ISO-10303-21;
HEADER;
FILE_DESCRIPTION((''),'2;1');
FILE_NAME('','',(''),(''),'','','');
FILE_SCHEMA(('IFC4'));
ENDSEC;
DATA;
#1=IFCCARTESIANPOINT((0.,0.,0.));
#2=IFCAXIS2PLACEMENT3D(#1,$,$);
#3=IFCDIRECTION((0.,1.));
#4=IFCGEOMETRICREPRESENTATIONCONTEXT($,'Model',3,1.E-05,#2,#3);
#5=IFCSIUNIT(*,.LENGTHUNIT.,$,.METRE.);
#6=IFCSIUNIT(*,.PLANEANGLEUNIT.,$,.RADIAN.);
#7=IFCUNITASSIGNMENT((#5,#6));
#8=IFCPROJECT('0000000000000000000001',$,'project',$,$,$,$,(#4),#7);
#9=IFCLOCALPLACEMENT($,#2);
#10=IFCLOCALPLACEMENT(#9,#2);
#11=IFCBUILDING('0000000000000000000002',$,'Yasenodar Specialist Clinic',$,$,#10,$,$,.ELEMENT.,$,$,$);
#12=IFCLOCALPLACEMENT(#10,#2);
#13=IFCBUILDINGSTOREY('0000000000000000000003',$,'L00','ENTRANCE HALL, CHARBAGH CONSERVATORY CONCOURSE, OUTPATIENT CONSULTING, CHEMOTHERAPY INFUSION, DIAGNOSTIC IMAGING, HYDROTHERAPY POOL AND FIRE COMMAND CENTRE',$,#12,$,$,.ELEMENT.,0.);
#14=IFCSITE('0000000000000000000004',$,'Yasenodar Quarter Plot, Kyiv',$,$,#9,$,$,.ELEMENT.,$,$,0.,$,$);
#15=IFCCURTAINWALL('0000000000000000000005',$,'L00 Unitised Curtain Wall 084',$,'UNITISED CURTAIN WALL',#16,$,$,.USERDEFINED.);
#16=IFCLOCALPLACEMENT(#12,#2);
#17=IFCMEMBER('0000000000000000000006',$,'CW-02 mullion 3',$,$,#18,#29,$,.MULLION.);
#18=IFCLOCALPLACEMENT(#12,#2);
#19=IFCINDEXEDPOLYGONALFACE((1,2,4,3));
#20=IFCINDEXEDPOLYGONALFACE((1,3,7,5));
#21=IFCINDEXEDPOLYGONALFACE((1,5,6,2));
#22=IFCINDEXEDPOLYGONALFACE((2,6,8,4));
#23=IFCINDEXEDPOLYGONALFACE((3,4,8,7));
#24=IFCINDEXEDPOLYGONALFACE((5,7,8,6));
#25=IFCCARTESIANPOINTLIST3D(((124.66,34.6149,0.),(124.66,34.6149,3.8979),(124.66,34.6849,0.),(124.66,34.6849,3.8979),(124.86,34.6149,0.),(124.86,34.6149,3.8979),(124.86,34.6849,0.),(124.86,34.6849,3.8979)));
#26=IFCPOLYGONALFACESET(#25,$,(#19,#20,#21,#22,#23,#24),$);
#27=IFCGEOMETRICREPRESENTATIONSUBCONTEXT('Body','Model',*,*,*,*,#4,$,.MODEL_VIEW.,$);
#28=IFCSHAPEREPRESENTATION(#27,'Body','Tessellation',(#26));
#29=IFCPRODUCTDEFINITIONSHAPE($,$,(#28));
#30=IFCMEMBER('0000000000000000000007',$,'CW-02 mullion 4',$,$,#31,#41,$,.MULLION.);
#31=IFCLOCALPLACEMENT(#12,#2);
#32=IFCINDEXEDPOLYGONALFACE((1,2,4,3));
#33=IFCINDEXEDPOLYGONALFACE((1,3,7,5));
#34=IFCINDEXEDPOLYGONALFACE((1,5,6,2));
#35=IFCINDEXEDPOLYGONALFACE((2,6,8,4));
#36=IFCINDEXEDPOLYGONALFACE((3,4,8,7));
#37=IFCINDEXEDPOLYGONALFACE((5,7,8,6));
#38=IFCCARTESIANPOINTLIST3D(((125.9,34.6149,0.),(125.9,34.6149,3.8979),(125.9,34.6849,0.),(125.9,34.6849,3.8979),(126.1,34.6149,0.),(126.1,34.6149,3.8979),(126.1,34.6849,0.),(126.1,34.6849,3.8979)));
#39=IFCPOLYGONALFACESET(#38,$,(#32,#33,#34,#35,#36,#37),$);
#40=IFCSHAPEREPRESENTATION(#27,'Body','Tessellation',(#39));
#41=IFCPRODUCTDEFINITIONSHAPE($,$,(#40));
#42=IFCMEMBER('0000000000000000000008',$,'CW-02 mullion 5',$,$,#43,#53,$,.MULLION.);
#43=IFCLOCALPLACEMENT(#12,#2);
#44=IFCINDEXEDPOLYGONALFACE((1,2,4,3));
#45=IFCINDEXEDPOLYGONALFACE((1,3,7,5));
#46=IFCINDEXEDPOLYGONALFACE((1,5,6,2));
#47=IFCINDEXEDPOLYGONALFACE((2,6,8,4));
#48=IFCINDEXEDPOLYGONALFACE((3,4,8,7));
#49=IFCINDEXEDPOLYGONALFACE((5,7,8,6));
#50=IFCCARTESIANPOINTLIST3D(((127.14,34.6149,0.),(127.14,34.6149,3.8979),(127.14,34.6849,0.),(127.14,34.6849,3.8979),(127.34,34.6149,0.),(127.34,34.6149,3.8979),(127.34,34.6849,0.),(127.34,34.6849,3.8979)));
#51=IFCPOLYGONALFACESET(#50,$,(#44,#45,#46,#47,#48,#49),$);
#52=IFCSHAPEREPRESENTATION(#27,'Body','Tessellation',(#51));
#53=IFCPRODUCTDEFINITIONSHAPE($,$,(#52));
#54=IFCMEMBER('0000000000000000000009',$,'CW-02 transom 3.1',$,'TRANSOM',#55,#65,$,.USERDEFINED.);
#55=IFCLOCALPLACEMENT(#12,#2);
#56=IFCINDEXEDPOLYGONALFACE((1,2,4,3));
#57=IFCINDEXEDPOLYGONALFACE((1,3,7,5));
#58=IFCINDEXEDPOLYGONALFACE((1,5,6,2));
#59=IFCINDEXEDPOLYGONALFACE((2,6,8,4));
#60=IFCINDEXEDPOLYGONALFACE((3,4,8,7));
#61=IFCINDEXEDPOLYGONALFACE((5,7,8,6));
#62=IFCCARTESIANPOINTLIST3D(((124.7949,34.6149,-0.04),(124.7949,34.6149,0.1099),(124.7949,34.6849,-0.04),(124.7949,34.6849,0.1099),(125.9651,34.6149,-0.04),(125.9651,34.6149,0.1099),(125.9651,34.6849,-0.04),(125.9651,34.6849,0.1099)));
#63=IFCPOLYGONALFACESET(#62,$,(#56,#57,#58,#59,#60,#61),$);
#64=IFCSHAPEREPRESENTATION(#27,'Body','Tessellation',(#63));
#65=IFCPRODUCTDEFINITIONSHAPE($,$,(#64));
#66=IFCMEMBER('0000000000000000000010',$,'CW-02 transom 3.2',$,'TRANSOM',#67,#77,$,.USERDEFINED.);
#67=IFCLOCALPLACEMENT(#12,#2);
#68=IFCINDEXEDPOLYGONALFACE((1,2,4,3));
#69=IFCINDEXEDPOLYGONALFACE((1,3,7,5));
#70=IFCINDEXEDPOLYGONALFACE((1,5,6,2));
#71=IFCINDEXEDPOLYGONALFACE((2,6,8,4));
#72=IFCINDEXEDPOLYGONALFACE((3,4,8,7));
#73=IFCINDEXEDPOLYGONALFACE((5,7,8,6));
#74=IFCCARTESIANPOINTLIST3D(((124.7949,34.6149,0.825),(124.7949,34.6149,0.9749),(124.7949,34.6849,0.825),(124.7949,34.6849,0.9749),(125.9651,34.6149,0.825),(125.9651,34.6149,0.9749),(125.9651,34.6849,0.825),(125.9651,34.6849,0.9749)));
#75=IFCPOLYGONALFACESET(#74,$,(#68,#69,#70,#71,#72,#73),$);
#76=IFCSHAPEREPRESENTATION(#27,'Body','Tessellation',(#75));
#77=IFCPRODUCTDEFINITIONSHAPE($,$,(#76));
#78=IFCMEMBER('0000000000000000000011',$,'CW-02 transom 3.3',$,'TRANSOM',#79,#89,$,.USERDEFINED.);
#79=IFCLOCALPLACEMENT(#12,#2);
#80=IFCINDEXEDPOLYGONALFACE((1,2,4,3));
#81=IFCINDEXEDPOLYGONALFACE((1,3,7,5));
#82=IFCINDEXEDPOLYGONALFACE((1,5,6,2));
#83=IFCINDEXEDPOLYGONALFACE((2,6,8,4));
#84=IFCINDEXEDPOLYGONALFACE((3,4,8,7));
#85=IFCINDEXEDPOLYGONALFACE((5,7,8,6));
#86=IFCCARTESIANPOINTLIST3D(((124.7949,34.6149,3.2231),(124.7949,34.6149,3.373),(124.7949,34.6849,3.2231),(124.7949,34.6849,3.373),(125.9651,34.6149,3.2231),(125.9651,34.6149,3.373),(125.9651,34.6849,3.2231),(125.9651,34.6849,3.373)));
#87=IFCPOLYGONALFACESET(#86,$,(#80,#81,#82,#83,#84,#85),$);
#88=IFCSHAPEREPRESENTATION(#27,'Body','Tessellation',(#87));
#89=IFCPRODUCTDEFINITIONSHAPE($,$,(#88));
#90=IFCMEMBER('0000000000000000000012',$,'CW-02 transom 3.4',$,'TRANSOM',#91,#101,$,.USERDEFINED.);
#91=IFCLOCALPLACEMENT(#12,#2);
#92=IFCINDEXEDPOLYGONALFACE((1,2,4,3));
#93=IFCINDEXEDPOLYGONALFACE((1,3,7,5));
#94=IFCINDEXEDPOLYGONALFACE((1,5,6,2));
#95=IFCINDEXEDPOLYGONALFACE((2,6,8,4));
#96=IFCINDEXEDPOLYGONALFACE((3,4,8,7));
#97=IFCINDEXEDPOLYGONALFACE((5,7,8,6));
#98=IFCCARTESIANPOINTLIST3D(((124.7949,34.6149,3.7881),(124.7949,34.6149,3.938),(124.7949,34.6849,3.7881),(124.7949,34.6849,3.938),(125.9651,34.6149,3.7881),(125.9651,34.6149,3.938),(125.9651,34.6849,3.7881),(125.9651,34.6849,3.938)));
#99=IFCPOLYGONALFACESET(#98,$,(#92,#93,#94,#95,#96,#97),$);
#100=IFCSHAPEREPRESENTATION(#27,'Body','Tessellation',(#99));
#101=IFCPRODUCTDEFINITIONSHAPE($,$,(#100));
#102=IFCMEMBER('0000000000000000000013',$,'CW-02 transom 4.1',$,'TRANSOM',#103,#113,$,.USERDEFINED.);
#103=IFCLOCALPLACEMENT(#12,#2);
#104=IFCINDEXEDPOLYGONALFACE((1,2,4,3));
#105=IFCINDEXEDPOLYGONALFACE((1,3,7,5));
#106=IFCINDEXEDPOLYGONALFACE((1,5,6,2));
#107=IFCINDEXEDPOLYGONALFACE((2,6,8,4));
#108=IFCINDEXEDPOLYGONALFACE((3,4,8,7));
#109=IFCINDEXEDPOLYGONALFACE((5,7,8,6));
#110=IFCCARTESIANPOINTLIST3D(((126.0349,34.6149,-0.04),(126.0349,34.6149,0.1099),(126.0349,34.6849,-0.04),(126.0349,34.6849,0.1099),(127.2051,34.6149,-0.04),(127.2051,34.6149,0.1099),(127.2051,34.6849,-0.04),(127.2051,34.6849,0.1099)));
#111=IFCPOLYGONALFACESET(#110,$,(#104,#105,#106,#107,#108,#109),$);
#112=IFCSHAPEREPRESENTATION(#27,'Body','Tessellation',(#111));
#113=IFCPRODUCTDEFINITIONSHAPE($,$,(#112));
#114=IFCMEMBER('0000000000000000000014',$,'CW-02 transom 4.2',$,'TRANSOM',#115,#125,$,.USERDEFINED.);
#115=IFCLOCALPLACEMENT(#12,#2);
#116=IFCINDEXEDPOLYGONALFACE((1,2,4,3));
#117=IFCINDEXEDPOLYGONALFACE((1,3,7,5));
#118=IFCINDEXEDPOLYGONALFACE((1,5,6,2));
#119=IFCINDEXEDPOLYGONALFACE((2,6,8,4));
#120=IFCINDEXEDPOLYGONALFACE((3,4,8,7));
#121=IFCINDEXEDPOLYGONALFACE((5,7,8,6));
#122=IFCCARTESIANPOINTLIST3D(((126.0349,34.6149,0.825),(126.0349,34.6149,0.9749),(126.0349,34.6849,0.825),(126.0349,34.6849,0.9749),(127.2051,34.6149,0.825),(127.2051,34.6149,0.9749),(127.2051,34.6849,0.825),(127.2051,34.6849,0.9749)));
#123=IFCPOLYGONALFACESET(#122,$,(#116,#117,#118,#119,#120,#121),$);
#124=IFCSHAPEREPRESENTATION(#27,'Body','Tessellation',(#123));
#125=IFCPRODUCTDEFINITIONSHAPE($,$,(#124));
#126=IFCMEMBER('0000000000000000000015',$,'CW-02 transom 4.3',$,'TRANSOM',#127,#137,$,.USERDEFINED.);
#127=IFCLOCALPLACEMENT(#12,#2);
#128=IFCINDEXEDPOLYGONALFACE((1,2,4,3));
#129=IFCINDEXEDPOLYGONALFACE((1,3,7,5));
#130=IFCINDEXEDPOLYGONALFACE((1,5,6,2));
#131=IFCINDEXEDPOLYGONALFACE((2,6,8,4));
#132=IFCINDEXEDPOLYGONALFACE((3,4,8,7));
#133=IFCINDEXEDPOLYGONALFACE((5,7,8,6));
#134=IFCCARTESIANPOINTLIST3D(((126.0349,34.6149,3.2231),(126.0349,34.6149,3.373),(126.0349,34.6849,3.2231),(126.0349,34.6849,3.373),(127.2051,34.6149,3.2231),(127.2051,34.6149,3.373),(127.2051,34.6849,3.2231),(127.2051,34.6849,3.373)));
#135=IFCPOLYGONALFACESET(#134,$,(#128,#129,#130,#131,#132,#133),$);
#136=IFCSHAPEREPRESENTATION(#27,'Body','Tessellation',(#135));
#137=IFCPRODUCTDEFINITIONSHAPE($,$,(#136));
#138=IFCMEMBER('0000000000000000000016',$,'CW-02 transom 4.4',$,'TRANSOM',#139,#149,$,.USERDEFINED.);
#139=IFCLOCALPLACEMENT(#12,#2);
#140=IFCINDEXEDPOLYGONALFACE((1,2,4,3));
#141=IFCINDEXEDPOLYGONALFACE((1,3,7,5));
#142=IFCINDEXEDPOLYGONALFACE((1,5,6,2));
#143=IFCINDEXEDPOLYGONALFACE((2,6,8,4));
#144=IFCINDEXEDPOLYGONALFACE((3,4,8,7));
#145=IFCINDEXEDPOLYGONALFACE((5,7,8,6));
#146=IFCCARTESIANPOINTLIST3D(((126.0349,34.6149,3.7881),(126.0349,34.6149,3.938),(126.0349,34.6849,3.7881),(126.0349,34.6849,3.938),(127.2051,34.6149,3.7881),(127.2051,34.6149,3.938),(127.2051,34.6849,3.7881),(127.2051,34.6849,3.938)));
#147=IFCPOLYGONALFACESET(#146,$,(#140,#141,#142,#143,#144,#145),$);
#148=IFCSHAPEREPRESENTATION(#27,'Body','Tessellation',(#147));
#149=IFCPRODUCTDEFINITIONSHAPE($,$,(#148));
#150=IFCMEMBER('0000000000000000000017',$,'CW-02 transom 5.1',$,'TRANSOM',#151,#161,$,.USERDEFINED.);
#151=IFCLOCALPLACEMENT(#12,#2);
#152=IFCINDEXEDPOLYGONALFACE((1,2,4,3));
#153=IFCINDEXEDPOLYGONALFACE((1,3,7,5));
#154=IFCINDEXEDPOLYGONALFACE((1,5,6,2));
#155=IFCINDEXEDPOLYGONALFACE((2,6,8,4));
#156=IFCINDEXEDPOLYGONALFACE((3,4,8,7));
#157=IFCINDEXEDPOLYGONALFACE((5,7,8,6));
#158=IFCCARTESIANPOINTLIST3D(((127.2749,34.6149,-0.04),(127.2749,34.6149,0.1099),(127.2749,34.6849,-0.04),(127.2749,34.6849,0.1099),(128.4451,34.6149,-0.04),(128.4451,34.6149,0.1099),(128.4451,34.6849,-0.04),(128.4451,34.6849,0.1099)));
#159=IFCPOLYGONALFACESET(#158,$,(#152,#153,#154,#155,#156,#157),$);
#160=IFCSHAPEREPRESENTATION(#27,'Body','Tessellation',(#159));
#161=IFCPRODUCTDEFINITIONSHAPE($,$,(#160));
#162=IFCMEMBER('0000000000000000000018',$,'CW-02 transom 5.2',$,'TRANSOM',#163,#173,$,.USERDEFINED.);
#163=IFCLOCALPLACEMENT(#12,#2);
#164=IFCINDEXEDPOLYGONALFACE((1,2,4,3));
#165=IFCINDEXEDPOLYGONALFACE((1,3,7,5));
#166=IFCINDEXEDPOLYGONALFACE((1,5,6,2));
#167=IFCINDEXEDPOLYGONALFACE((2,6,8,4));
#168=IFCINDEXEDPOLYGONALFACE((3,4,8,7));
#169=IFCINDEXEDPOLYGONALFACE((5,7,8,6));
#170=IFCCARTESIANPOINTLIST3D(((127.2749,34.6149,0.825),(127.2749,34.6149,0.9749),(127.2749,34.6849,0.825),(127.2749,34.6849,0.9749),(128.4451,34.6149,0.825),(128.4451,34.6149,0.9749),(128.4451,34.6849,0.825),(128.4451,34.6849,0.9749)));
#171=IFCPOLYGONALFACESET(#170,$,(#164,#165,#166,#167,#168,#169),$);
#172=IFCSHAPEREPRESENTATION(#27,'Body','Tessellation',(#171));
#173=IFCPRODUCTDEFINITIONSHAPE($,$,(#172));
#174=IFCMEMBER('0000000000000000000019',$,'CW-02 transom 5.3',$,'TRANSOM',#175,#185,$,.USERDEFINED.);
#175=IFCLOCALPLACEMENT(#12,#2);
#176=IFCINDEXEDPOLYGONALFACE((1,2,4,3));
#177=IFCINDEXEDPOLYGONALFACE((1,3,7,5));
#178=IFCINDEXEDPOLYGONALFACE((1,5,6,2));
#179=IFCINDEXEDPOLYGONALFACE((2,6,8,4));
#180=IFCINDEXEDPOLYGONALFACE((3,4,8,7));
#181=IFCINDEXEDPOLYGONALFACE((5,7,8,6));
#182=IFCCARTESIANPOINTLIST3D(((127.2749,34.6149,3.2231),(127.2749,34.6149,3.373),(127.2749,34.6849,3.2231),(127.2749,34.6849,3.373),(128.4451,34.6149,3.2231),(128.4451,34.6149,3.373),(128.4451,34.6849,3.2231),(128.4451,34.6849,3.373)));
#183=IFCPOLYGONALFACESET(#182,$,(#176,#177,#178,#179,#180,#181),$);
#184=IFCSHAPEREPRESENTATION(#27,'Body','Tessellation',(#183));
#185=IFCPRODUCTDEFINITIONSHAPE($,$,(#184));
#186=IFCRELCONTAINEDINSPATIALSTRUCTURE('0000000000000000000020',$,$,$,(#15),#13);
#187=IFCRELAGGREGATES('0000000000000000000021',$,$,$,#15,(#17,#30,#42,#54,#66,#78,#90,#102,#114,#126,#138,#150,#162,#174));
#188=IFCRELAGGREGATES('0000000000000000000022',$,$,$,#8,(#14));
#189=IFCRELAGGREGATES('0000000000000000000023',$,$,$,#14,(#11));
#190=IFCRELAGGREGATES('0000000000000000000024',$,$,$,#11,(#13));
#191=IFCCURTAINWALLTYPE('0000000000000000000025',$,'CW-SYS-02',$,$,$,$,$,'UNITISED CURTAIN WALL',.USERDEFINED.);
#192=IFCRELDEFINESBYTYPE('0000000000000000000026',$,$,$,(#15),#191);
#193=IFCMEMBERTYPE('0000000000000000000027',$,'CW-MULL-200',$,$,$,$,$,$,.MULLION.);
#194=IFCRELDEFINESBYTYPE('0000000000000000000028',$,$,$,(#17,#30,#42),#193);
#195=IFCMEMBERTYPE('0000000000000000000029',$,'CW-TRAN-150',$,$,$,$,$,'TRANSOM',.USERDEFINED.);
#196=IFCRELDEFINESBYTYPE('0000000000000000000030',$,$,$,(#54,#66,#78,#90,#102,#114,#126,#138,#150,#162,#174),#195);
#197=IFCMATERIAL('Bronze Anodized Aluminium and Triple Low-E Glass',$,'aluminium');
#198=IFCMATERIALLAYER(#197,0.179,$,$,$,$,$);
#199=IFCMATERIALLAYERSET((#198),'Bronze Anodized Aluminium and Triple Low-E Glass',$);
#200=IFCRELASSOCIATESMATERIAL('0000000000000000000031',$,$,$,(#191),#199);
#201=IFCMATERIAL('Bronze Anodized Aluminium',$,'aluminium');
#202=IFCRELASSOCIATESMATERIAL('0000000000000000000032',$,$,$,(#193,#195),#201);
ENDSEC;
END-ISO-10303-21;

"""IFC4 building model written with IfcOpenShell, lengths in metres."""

from ifc_helpers import new_model, si_unit, direction, frame, origin, origin_2d, place, context, subcontext, project, spatial, rectangle, extrude, material, layer, layer_set, material_profile, profile_set, type_object, element, aggregate, save


model = new_model("IFC4")

# Units and contexts
model_context = context("Model", 3, precision=1e-05, world=origin(), true_north=direction((0.0, 1.0)))
body_context = subcontext(model_context, "Body", "Model", "MODEL_VIEW")
ifc_project = project(units=[si_unit("LENGTHUNIT", "METRE"), si_unit("PLANEANGLEUNIT", "RADIAN")], contexts=[model_context])

# Site, building, storey
site_placement = place(None, origin())
site = spatial("IfcSite", under=ifc_project, at=site_placement, Name="Yasenodar Quarter Plot, Kyiv", CompositionType="ELEMENT", RefElevation=0.0)
building_placement = place(site_placement, origin())
building = spatial("IfcBuilding", under=site, at=building_placement, Name="Yasenodar Specialist Clinic", CompositionType="ELEMENT")
storey_placement = place(building_placement, origin())
storey = spatial("IfcBuildingStorey", under=building, at=storey_placement, Name="L00", Description="ENTRANCE HALL, CHARBAGH CONSERVATORY CONCOURSE, OUTPATIENT CONSULTING, CHEMOTHERAPY INFUSION, DIAGNOSTIC IMAGING, HYDROTHERAPY POOL AND FIRE COMMAND CENTRE", CompositionType="ELEMENT", Elevation=0.0)

# Curtain wall, members
ifc_material_1 = material(Name="Bronze Anodized Aluminium and Triple Low-E Glass", Category="aluminium")
ifc_layer_1 = layer(ifc_material_1, 0.179)
ifc_layer_set_1 = layer_set([ifc_layer_1], Name="Bronze Anodized Aluminium and Triple Low-E Glass")
curtain_wall_type = type_object("IfcCurtainWallType", Name="CW-SYS-02", ElementType="UNITISED CURTAIN WALL", PredefinedType="USERDEFINED", material=ifc_layer_set_1)
curtain_wall_placement = place(storey_placement, origin())
curtain_wall = element("IfcCurtainWall", 1, at=curtain_wall_placement, inside=storey, type_object=curtain_wall_type, Name="L00 Unitised Curtain Wall 084", ObjectType="UNITISED CURTAIN WALL", PredefinedType="USERDEFINED")
ifc_material_2 = material(Name="Bronze Anodized Aluminium", Category="aluminium")
ifc_material_profile_1 = material_profile(ifc_material_2, rectangle(XDim=0.0701, YDim=0.2, at=origin_2d()), Name="CW-MULL 70x200")
ifc_profile_set_1 = profile_set([ifc_material_profile_1], Name="Bronze Anodized Aluminium")
member_type_1 = type_object("IfcMemberType", Name="CW-MULL-200", PredefinedType="MULLION", material=ifc_profile_set_1)
member_1_placement = place(storey_placement, frame((124.76, 34.6499, 0.0), z_axis=(0.0, 0.0, 1.0), x_axis=(0.0, 1.0, 0.0)))
member_1 = element("IfcMember", 2, at=member_1_placement, type_object=member_type_1, Name="CW-02 mullion 3", PredefinedType="MULLION", context=body_context, shape_type="SweptSolid", body=[
    extrude(rectangle(XDim=0.0701, YDim=0.2, at=origin_2d()), origin(), (0.0, 0.0, 1.0), 3.8979),
])
member_2_placement = place(storey_placement, frame((126.0, 34.6499, 0.0), z_axis=(0.0, 0.0, 1.0), x_axis=(0.0, 1.0, 0.0)))
member_2 = element("IfcMember", 3, at=member_2_placement, type_object=member_type_1, Name="CW-02 mullion 4", PredefinedType="MULLION", context=body_context, shape_type="SweptSolid", body=[
    extrude(rectangle(XDim=0.0701, YDim=0.2, at=origin_2d()), origin(), (0.0, 0.0, 1.0), 3.8979),
])
member_3_placement = place(storey_placement, frame((127.24, 34.6499, 0.0), z_axis=(0.0, 0.0, 1.0), x_axis=(0.0, 1.0, 0.0)))
member_3 = element("IfcMember", 4, at=member_3_placement, type_object=member_type_1, Name="CW-02 mullion 5", PredefinedType="MULLION", context=body_context, shape_type="SweptSolid", body=[
    extrude(rectangle(XDim=0.0701, YDim=0.2, at=origin_2d()), origin(), (0.0, 0.0, 1.0), 3.8979),
])
ifc_material_profile_2 = material_profile(ifc_material_2, rectangle(XDim=0.0701, YDim=0.1499, at=origin_2d()), Name="CW-TRAN 70x150")
ifc_profile_set_2 = profile_set([ifc_material_profile_2], Name="Bronze Anodized Aluminium")
member_type_2 = type_object("IfcMemberType", Name="CW-TRAN-150", ElementType="TRANSOM", PredefinedType="USERDEFINED", material=ifc_profile_set_2)
member_4_placement = place(storey_placement, frame((124.7949, 34.6499, 0.0349), z_axis=(1.0, 0.0, 0.0), x_axis=(0.0, 1.0, 0.0)))
member_4 = element("IfcMember", 5, at=member_4_placement, type_object=member_type_2, Name="CW-02 transom 3.1", ObjectType="TRANSOM", PredefinedType="USERDEFINED", context=body_context, shape_type="SweptSolid", body=[
    extrude(rectangle(XDim=0.0701, YDim=0.1499, at=origin_2d()), origin(), (0.0, 0.0, 1.0), 1.1702),
])
member_5_placement = place(storey_placement, frame((124.7949, 34.6499, 0.8999), z_axis=(1.0, 0.0, 0.0), x_axis=(0.0, 1.0, 0.0)))
member_5 = element("IfcMember", 6, at=member_5_placement, type_object=member_type_2, Name="CW-02 transom 3.2", ObjectType="TRANSOM", PredefinedType="USERDEFINED", context=body_context, shape_type="SweptSolid", body=[
    extrude(rectangle(XDim=0.0701, YDim=0.1499, at=origin_2d()), origin(), (0.0, 0.0, 1.0), 1.1702),
])
member_6_placement = place(storey_placement, frame((124.7949, 34.6499, 3.2981), z_axis=(1.0, 0.0, 0.0), x_axis=(0.0, 1.0, 0.0)))
member_6 = element("IfcMember", 7, at=member_6_placement, type_object=member_type_2, Name="CW-02 transom 3.3", ObjectType="TRANSOM", PredefinedType="USERDEFINED", context=body_context, shape_type="SweptSolid", body=[
    extrude(rectangle(XDim=0.0701, YDim=0.1499, at=origin_2d()), origin(), (0.0, 0.0, 1.0), 1.1702),
])
member_7_placement = place(storey_placement, frame((124.7949, 34.6499, 3.863), z_axis=(1.0, 0.0, 0.0), x_axis=(0.0, 1.0, 0.0)))
member_7 = element("IfcMember", 8, at=member_7_placement, type_object=member_type_2, Name="CW-02 transom 3.4", ObjectType="TRANSOM", PredefinedType="USERDEFINED", context=body_context, shape_type="SweptSolid", body=[
    extrude(rectangle(XDim=0.0701, YDim=0.1499, at=origin_2d()), origin(), (0.0, 0.0, 1.0), 1.1702),
])
member_8_placement = place(storey_placement, frame((126.0349, 34.6499, 0.0349), z_axis=(1.0, 0.0, 0.0), x_axis=(0.0, 1.0, 0.0)))
member_8 = element("IfcMember", 9, at=member_8_placement, type_object=member_type_2, Name="CW-02 transom 4.1", ObjectType="TRANSOM", PredefinedType="USERDEFINED", context=body_context, shape_type="SweptSolid", body=[
    extrude(rectangle(XDim=0.0701, YDim=0.1499, at=origin_2d()), origin(), (0.0, 0.0, 1.0), 1.1702),
])
member_9_placement = place(storey_placement, frame((126.0349, 34.6499, 0.8999), z_axis=(1.0, 0.0, 0.0), x_axis=(0.0, 1.0, 0.0)))
member_9 = element("IfcMember", 10, at=member_9_placement, type_object=member_type_2, Name="CW-02 transom 4.2", ObjectType="TRANSOM", PredefinedType="USERDEFINED", context=body_context, shape_type="SweptSolid", body=[
    extrude(rectangle(XDim=0.0701, YDim=0.1499, at=origin_2d()), origin(), (0.0, 0.0, 1.0), 1.1702),
])
member_10_placement = place(storey_placement, frame((126.0349, 34.6499, 3.2981), z_axis=(1.0, 0.0, 0.0), x_axis=(0.0, 1.0, 0.0)))
member_10 = element("IfcMember", 11, at=member_10_placement, type_object=member_type_2, Name="CW-02 transom 4.3", ObjectType="TRANSOM", PredefinedType="USERDEFINED", context=body_context, shape_type="SweptSolid", body=[
    extrude(rectangle(XDim=0.0701, YDim=0.1499, at=origin_2d()), origin(), (0.0, 0.0, 1.0), 1.1702),
])
member_11_placement = place(storey_placement, frame((126.0349, 34.6499, 3.863), z_axis=(1.0, 0.0, 0.0), x_axis=(0.0, 1.0, 0.0)))
member_11 = element("IfcMember", 12, at=member_11_placement, type_object=member_type_2, Name="CW-02 transom 4.4", ObjectType="TRANSOM", PredefinedType="USERDEFINED", context=body_context, shape_type="SweptSolid", body=[
    extrude(rectangle(XDim=0.0701, YDim=0.1499, at=origin_2d()), origin(), (0.0, 0.0, 1.0), 1.1702),
])
member_12_placement = place(storey_placement, frame((127.2749, 34.6499, 0.0349), z_axis=(1.0, 0.0, 0.0), x_axis=(0.0, 1.0, 0.0)))
member_12 = element("IfcMember", 13, at=member_12_placement, type_object=member_type_2, Name="CW-02 transom 5.1", ObjectType="TRANSOM", PredefinedType="USERDEFINED", context=body_context, shape_type="SweptSolid", body=[
    extrude(rectangle(XDim=0.0701, YDim=0.1499, at=origin_2d()), origin(), (0.0, 0.0, 1.0), 1.1702),
])
member_13_placement = place(storey_placement, frame((127.2749, 34.6499, 0.8999), z_axis=(1.0, 0.0, 0.0), x_axis=(0.0, 1.0, 0.0)))
member_13 = element("IfcMember", 14, at=member_13_placement, type_object=member_type_2, Name="CW-02 transom 5.2", ObjectType="TRANSOM", PredefinedType="USERDEFINED", context=body_context, shape_type="SweptSolid", body=[
    extrude(rectangle(XDim=0.0701, YDim=0.1499, at=origin_2d()), origin(), (0.0, 0.0, 1.0), 1.1702),
])
member_14_placement = place(storey_placement, frame((127.2749, 34.6499, 3.2981), z_axis=(1.0, 0.0, 0.0), x_axis=(0.0, 1.0, 0.0)))
member_14 = element("IfcMember", 15, at=member_14_placement, type_object=member_type_2, Name="CW-02 transom 5.3", ObjectType="TRANSOM", PredefinedType="USERDEFINED", context=body_context, shape_type="SweptSolid", body=[
    extrude(rectangle(XDim=0.0701, YDim=0.1499, at=origin_2d()), origin(), (0.0, 0.0, 1.0), 1.1702),
])
aggregate(curtain_wall, [member_1, member_2, member_3, member_4, member_5, member_6, member_7, member_8, member_9, member_10, member_11, member_12, member_13, member_14])

save(model, "model.ifc")
